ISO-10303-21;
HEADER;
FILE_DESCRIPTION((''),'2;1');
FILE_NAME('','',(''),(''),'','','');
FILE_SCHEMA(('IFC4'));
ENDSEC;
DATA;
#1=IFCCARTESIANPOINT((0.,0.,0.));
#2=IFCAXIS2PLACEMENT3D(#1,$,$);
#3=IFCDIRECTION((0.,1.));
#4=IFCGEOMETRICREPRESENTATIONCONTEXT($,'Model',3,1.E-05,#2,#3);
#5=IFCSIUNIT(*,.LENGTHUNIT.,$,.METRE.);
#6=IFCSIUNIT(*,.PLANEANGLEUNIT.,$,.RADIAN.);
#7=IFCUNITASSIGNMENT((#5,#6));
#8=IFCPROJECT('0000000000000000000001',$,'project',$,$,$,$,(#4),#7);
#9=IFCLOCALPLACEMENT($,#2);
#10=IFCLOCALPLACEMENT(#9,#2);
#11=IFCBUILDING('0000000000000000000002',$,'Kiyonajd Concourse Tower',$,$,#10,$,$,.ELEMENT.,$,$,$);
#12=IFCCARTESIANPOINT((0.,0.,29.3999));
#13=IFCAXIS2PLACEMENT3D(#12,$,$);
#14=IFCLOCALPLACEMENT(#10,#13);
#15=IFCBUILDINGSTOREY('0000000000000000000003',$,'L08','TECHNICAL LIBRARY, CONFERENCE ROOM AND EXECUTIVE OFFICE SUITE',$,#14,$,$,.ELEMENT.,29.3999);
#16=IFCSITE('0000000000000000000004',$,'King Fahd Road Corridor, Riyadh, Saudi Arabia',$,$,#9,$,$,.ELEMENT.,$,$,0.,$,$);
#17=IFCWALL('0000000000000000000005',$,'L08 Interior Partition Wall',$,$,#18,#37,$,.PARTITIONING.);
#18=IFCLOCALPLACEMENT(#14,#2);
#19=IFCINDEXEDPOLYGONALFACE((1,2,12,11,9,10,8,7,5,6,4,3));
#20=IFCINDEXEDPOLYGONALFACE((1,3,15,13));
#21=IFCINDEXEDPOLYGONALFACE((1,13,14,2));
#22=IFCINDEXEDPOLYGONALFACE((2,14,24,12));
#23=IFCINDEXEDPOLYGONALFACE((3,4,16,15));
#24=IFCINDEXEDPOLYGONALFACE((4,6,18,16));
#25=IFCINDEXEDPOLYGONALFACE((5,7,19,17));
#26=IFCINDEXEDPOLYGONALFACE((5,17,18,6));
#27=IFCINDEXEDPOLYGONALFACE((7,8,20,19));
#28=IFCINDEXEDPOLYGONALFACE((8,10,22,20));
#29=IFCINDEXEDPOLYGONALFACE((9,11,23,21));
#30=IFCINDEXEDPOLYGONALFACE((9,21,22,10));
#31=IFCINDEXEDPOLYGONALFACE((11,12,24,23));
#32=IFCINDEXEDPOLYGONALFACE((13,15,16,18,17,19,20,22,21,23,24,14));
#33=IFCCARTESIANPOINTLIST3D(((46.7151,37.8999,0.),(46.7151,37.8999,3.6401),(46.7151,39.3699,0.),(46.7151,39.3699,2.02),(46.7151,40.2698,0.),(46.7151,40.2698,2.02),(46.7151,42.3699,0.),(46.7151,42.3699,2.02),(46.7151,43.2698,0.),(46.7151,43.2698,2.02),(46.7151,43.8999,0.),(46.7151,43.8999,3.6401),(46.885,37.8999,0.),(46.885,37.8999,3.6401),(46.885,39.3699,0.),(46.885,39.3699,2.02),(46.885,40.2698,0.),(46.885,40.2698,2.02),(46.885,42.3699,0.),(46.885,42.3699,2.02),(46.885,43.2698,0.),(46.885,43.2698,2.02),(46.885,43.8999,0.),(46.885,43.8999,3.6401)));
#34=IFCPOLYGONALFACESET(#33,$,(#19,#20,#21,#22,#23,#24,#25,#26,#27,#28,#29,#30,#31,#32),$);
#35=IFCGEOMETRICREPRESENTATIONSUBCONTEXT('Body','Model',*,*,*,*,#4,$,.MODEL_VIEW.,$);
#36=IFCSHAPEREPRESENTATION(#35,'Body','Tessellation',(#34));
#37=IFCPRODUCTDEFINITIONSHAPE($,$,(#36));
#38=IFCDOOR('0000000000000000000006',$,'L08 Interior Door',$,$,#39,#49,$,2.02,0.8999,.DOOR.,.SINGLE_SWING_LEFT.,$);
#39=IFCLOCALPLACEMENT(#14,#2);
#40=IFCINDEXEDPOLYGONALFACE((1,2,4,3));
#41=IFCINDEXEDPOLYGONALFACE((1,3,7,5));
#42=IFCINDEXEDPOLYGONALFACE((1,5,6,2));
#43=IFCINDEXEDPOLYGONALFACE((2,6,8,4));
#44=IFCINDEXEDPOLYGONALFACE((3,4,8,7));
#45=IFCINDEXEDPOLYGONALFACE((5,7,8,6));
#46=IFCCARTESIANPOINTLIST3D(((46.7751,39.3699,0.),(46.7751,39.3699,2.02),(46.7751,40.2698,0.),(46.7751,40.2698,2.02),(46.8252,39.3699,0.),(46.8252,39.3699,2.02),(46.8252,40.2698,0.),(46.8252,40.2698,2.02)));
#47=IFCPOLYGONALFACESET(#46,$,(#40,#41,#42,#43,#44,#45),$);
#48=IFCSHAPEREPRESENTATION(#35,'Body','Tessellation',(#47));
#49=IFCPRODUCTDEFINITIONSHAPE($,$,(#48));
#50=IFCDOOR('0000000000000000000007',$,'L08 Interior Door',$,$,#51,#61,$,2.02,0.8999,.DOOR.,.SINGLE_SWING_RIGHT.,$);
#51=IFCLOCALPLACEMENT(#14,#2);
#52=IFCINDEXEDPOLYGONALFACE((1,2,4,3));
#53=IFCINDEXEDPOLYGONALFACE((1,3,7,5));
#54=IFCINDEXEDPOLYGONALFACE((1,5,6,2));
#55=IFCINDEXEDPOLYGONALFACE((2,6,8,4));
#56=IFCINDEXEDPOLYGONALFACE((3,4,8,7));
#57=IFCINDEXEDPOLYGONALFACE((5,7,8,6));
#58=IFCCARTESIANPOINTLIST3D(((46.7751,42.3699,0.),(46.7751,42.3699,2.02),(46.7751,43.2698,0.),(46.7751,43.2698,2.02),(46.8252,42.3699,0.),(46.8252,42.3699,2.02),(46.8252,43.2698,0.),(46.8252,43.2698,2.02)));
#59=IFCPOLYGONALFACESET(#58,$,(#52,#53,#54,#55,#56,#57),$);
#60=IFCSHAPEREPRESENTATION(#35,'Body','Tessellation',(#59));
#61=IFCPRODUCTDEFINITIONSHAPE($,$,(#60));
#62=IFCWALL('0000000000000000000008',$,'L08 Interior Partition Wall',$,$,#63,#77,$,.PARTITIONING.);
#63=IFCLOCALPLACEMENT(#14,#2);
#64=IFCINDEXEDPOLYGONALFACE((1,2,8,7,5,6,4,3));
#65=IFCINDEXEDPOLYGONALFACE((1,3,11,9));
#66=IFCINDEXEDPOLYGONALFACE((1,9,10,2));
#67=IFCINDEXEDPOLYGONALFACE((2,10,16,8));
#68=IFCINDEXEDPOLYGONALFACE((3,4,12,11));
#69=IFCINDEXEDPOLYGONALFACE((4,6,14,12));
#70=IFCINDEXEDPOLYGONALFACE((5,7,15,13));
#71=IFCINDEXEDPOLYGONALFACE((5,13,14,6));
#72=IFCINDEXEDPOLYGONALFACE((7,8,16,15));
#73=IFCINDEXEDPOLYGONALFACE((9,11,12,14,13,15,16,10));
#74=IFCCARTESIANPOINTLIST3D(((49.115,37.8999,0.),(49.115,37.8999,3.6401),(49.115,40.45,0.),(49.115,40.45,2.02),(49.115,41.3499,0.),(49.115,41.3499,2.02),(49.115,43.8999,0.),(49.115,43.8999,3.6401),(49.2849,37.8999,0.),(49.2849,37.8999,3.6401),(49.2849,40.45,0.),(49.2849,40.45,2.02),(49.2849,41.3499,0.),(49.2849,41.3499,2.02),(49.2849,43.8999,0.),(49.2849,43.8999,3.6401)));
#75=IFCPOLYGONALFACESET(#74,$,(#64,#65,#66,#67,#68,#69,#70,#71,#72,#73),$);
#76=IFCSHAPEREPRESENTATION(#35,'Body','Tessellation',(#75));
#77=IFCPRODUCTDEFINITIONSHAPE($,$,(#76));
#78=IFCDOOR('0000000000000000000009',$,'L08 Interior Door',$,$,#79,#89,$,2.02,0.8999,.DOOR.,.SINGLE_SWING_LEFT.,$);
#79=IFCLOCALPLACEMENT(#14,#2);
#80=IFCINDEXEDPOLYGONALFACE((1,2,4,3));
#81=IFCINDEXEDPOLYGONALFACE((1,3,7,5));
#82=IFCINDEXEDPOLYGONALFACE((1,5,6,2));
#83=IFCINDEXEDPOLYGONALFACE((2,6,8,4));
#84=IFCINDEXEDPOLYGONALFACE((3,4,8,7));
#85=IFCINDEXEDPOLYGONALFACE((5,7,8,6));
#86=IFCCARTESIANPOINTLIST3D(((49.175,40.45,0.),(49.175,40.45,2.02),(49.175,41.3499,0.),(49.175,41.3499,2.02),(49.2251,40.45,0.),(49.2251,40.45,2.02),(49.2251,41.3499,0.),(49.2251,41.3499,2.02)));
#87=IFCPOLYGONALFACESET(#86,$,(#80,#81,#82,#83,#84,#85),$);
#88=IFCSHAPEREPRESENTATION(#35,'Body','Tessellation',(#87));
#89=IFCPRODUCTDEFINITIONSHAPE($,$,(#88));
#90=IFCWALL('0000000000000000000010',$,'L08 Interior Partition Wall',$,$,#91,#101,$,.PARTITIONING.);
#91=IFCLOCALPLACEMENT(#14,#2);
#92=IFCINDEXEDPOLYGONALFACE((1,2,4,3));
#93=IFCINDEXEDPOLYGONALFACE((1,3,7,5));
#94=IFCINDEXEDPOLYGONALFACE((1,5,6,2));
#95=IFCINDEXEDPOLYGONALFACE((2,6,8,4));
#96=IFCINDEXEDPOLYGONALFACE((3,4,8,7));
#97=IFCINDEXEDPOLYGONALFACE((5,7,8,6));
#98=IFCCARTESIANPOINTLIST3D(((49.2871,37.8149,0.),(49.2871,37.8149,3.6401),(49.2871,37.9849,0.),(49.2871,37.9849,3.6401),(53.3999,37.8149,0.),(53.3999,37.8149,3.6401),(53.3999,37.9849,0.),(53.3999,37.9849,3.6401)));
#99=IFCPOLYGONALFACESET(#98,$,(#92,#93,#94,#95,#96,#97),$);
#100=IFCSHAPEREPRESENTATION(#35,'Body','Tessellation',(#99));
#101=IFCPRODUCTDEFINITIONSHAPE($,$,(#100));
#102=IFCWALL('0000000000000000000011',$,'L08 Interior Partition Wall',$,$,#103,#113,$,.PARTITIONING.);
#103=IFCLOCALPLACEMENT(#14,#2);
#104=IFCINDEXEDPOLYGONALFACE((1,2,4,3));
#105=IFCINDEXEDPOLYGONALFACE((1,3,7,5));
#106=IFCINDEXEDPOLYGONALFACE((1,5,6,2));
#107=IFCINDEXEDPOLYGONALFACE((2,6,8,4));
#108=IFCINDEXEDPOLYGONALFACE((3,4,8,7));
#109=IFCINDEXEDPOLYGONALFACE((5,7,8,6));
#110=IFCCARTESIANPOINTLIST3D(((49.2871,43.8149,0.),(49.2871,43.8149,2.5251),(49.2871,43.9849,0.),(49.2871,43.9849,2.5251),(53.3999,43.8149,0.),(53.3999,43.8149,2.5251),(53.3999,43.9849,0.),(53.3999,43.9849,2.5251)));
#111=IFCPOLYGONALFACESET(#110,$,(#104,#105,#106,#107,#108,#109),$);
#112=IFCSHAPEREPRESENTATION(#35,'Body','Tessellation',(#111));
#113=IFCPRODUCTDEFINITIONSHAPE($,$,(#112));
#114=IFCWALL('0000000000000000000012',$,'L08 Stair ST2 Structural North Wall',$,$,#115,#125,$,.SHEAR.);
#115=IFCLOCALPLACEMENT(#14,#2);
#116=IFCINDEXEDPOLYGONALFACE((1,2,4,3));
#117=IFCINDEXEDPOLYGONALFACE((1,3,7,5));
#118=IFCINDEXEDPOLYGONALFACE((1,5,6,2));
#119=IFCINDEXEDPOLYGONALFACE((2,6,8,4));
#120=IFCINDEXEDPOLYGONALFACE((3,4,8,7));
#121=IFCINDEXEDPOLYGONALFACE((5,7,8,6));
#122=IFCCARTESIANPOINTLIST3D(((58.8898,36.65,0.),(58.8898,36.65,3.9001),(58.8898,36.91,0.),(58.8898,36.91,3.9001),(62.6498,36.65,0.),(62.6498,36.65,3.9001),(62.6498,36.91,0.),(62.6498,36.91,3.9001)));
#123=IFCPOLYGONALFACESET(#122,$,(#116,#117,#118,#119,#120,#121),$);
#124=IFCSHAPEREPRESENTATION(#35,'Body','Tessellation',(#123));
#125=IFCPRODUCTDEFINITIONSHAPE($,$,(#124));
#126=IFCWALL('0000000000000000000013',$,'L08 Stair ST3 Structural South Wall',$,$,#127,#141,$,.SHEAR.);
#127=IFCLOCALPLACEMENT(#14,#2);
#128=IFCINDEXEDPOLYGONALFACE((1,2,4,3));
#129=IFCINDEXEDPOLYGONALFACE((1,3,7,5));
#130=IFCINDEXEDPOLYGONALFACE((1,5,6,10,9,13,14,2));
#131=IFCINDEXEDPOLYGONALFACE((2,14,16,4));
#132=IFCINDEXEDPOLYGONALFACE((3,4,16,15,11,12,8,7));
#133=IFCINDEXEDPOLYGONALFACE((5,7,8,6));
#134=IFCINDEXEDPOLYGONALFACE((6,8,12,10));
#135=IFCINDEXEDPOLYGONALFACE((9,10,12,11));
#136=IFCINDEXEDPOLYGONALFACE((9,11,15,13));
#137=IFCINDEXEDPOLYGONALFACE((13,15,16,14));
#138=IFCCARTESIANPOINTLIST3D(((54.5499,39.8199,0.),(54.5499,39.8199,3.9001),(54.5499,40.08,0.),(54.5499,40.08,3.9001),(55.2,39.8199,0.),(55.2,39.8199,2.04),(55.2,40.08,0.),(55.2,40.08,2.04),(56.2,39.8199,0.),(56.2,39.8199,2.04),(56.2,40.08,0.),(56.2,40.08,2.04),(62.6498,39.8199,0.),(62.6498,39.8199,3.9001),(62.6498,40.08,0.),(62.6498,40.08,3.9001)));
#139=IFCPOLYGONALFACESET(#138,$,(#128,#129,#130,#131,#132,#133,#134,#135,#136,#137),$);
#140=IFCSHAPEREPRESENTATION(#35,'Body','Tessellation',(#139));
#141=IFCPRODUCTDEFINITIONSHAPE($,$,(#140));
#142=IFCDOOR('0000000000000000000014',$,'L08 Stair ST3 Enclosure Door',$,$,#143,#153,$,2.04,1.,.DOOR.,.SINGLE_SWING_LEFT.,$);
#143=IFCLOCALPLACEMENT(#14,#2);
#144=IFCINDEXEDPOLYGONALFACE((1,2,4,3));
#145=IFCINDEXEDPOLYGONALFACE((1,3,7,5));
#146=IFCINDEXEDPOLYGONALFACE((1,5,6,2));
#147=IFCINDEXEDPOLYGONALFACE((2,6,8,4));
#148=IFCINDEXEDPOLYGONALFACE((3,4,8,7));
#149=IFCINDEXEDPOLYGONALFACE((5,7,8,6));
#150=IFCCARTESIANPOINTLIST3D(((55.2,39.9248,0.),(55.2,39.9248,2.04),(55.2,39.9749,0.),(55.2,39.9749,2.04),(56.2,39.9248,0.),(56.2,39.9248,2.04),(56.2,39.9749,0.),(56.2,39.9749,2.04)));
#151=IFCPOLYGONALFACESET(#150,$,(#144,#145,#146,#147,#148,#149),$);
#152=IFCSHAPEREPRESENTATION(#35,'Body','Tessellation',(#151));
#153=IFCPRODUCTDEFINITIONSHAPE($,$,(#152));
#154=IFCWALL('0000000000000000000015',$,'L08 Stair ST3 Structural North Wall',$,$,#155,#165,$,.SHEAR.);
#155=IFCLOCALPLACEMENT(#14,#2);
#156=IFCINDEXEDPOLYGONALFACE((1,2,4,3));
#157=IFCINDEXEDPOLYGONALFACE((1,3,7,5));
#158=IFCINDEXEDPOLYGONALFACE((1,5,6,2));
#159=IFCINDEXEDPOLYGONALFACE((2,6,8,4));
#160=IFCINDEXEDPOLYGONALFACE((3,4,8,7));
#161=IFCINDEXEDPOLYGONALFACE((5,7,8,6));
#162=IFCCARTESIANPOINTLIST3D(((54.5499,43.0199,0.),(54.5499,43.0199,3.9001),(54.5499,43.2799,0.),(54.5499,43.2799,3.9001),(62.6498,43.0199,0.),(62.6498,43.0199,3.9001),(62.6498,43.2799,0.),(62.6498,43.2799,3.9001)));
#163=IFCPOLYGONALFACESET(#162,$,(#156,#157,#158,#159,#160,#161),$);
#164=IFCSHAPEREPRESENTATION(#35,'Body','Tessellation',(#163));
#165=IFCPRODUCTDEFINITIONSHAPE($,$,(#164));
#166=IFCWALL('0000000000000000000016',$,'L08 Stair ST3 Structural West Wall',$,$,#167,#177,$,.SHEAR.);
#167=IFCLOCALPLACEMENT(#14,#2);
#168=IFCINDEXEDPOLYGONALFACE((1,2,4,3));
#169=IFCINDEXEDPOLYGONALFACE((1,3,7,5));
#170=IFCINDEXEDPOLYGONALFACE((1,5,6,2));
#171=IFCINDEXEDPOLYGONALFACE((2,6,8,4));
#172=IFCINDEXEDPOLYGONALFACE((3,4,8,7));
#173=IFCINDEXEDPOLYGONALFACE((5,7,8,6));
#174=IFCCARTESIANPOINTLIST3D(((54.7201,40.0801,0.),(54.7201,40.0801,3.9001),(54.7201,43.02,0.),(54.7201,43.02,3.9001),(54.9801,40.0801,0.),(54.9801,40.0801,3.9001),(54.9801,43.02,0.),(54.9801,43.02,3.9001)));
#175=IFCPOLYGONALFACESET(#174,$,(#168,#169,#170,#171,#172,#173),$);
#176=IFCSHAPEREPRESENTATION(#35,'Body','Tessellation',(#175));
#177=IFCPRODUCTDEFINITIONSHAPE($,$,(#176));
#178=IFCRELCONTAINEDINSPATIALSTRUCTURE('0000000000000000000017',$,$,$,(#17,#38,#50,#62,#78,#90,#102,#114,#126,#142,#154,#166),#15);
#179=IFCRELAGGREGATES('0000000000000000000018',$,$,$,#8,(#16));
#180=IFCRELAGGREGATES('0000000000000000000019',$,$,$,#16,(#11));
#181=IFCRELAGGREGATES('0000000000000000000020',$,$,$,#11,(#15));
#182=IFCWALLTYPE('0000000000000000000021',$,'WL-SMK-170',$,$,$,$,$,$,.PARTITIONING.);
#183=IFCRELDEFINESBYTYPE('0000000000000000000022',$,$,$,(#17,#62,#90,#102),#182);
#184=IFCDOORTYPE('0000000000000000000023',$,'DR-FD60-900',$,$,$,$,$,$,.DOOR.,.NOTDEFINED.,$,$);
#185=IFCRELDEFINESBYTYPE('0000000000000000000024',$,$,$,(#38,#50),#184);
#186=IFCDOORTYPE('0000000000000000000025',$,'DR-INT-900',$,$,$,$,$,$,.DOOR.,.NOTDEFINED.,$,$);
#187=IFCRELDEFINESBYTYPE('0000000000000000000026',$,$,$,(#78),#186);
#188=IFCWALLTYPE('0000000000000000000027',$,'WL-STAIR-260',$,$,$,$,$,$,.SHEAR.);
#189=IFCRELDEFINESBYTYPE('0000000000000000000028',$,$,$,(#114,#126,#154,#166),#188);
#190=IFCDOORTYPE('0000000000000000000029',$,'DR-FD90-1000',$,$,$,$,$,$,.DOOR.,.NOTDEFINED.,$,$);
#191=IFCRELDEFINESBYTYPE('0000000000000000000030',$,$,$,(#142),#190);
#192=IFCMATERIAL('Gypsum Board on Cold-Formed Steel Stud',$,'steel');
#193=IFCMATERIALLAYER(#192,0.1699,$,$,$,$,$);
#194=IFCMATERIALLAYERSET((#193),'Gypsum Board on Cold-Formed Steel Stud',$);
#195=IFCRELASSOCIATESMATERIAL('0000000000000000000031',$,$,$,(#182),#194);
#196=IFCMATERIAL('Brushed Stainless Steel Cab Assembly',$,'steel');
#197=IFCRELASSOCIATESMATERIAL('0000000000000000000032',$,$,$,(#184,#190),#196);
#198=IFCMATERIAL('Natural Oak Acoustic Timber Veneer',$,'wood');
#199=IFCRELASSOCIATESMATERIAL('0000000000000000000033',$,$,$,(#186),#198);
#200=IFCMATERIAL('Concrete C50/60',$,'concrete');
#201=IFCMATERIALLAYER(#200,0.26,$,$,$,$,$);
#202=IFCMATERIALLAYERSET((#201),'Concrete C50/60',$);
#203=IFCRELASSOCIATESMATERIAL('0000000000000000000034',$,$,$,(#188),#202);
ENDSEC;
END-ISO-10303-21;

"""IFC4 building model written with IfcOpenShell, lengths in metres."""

from ifc_helpers import new_model, si_unit, direction, frame, frame_2d, origin, place, context, subcontext, project, spatial, rectangle, extrude, material, layer, layer_set, type_object, element, fill, save


model = new_model("IFC4")

# Units and contexts
model_context = context("Model", 3, precision=1e-05, world=origin(), true_north=direction((0.0, 1.0)))
body_context = subcontext(model_context, "Body", "Model", "MODEL_VIEW")
ifc_project = project(units=[si_unit("LENGTHUNIT", "METRE"), si_unit("PLANEANGLEUNIT", "RADIAN")], contexts=[model_context])

# Site, building, storey
site_placement = place(None, origin())
site = spatial("IfcSite", under=ifc_project, at=site_placement, Name="King Fahd Road Corridor, Riyadh, Saudi Arabia", CompositionType="ELEMENT", RefElevation=0.0)
building_placement = place(site_placement, origin())
building = spatial("IfcBuilding", under=site, at=building_placement, Name="Kiyonajd Concourse Tower", CompositionType="ELEMENT")
storey_placement = place(building_placement, frame((0.0, 0.0, 29.3999)))
storey = spatial("IfcBuildingStorey", under=building, at=storey_placement, Name="L08", Description="TECHNICAL LIBRARY, CONFERENCE ROOM AND EXECUTIVE OFFICE SUITE", CompositionType="ELEMENT", Elevation=29.3999)

# Shared definitions
ifc_material_1 = material(Name="Concrete C50/60", Category="concrete")

# Shared definitions
ifc_material_2 = material(Name="Gypsum Board on Cold-Formed Steel Stud", Category="steel")
ifc_layer_1 = layer(ifc_material_2, 0.1699)
ifc_layer_set_1 = layer_set([ifc_layer_1], Name="Gypsum Board on Cold-Formed Steel Stud")
wall_type_1 = type_object("IfcWallType", Name="WL-SMK-170", PredefinedType="PARTITIONING", material=ifc_layer_set_1)

# Wall, openings, doors
wall_1_placement = place(storey_placement, frame((46.8, 37.8999, 0.0), z_axis=(0.0, 0.0, 1.0), x_axis=(0.0, 1.0, 0.0)))
wall_1 = element("IfcWall", 1, at=wall_1_placement, inside=storey, type_object=wall_type_1, Name="L08 Interior Partition Wall", PredefinedType="PARTITIONING", context=body_context, shape_type="SweptSolid", body=[
    extrude(rectangle(XDim=6.0, YDim=0.1699, at=frame_2d((3.0, 0.0))), origin(), (0.0, 0.0, 1.0), 3.6401),
])
opening_1_placement = place(wall_1_placement, frame((1.47, 0.0, 0.0)))
opening_1 = element("IfcOpeningElement", 2, at=opening_1_placement, cuts=wall_1, PredefinedType="OPENING", context=body_context, shape_type="SweptSolid", body=[
    extrude(rectangle(XDim=0.8999, YDim=2.02, at=frame_2d((0.45, 1.01))), frame((0.0, 0.095, 0.0), z_axis=(0.0, -1.0, 0.0), x_axis=(1.0, 0.0, 0.0)), (0.0, 0.0, 1.0), 0.1899),
])
opening_2_placement = place(wall_1_placement, frame((4.47, 0.0, 0.0)))
opening_2 = element("IfcOpeningElement", 3, at=opening_2_placement, cuts=wall_1, PredefinedType="OPENING", context=body_context, shape_type="SweptSolid", body=[
    extrude(rectangle(XDim=0.8999, YDim=2.02, at=frame_2d((0.45, 1.01))), frame((0.0, 0.095, 0.0), z_axis=(0.0, -1.0, 0.0), x_axis=(1.0, 0.0, 0.0)), (0.0, 0.0, 1.0), 0.1899),
])
ifc_material_3 = material(Name="Brushed Stainless Steel Cab Assembly", Category="steel")
door_type_1 = type_object("IfcDoorType", Name="DR-FD60-900", OperationType="NOTDEFINED", PredefinedType="DOOR", material=ifc_material_3)
door_1_placement = place(opening_1_placement, origin())
door_1 = element("IfcDoor", 4, at=door_1_placement, inside=storey, type_object=door_type_1, Name="L08 Interior Door", OperationType="SINGLE_SWING_LEFT", OverallHeight=2.02, OverallWidth=0.8999, PredefinedType="DOOR", context=body_context, shape_type="SweptSolid", body=[
    extrude(rectangle(XDim=0.8999, YDim=2.02, at=frame_2d((0.45, 1.01))), frame((0.0, 0.0249, 0.0), z_axis=(0.0, -1.0, 0.0), x_axis=(1.0, 0.0, 0.0)), (0.0, 0.0, 1.0), 0.05),
])
fill(opening_1, door_1)
door_2_placement = place(opening_2_placement, origin())
door_2 = element("IfcDoor", 5, at=door_2_placement, inside=storey, type_object=door_type_1, Name="L08 Interior Door", OperationType="SINGLE_SWING_RIGHT", OverallHeight=2.02, OverallWidth=0.8999, PredefinedType="DOOR", context=body_context, shape_type="SweptSolid", body=[
    extrude(rectangle(XDim=0.8999, YDim=2.02, at=frame_2d((0.45, 1.01))), frame((0.0, 0.0249, 0.0), z_axis=(0.0, -1.0, 0.0), x_axis=(1.0, 0.0, 0.0)), (0.0, 0.0, 1.0), 0.05),
])
fill(opening_2, door_2)

# Wall, opening, door
wall_2_placement = place(storey_placement, frame((49.2, 37.8999, 0.0), z_axis=(0.0, 0.0, 1.0), x_axis=(0.0, 1.0, 0.0)))
wall_2 = element("IfcWall", 6, at=wall_2_placement, inside=storey, type_object=wall_type_1, Name="L08 Interior Partition Wall", PredefinedType="PARTITIONING", context=body_context, shape_type="SweptSolid", body=[
    extrude(rectangle(XDim=6.0, YDim=0.1699, at=frame_2d((3.0, 0.0))), origin(), (0.0, 0.0, 1.0), 3.6401),
])
opening_3_placement = place(wall_2_placement, frame((2.55, 0.0, 0.0)))
opening_3 = element("IfcOpeningElement", 7, at=opening_3_placement, cuts=wall_2, PredefinedType="OPENING", context=body_context, shape_type="SweptSolid", body=[
    extrude(rectangle(XDim=0.8999, YDim=2.02, at=frame_2d((0.45, 1.01))), frame((0.0, 0.095, 0.0), z_axis=(0.0, -1.0, 0.0), x_axis=(1.0, 0.0, 0.0)), (0.0, 0.0, 1.0), 0.1899),
])
ifc_material_4 = material(Name="Natural Oak Acoustic Timber Veneer", Category="wood")
door_type_2 = type_object("IfcDoorType", Name="DR-INT-900", OperationType="NOTDEFINED", PredefinedType="DOOR", material=ifc_material_4)
door_3_placement = place(opening_3_placement, origin())
door_3 = element("IfcDoor", 8, at=door_3_placement, inside=storey, type_object=door_type_2, Name="L08 Interior Door", OperationType="SINGLE_SWING_LEFT", OverallHeight=2.02, OverallWidth=0.8999, PredefinedType="DOOR", context=body_context, shape_type="SweptSolid", body=[
    extrude(rectangle(XDim=0.8999, YDim=2.02, at=frame_2d((0.45, 1.01))), frame((0.0, 0.0249, 0.0), z_axis=(0.0, -1.0, 0.0), x_axis=(1.0, 0.0, 0.0)), (0.0, 0.0, 1.0), 0.05),
])
fill(opening_3, door_3)

# Walls
wall_3_placement = place(storey_placement, frame((49.2871, 37.8999, 0.0), z_axis=(0.0, 0.0, 1.0), x_axis=(1.0, 0.0, 0.0)))
element("IfcWall", 9, at=wall_3_placement, inside=storey, type_object=wall_type_1, Name="L08 Interior Partition Wall", PredefinedType="PARTITIONING", context=body_context, shape_type="SweptSolid", body=[
    extrude(rectangle(XDim=4.1128, YDim=0.1699, at=frame_2d((2.0564, 0.0))), origin(), (0.0, 0.0, 1.0), 3.6401),
])
wall_4_placement = place(storey_placement, frame((49.2871, 43.8999, 0.0), z_axis=(0.0, 0.0, 1.0), x_axis=(1.0, 0.0, 0.0)))
element("IfcWall", 10, at=wall_4_placement, inside=storey, type_object=wall_type_1, Name="L08 Interior Partition Wall", PredefinedType="PARTITIONING", context=body_context, shape_type="SweptSolid", body=[
    extrude(rectangle(XDim=4.1128, YDim=0.1699, at=frame_2d((2.0564, 0.0))), origin(), (0.0, 0.0, 1.0), 2.5251),
])
ifc_layer_2 = layer(ifc_material_1, 0.26)
ifc_layer_set_2 = layer_set([ifc_layer_2], Name="Concrete C50/60")
wall_type_2 = type_object("IfcWallType", Name="WL-STAIR-260", PredefinedType="SHEAR", material=ifc_layer_set_2)
wall_5_placement = place(storey_placement, frame((58.8899, 36.78, 0.0), z_axis=(0.0, 0.0, 1.0), x_axis=(1.0, 0.0, 0.0)))
element("IfcWall", 11, at=wall_5_placement, inside=storey, type_object=wall_type_2, Name="L08 Stair ST2 Structural North Wall", PredefinedType="SHEAR", context=body_context, shape_type="SweptSolid", body=[
    extrude(rectangle(XDim=3.76, YDim=0.26, at=frame_2d((1.8799, 0.0))), origin(), (0.0, 0.0, 1.0), 3.9001),
])

# Wall, opening, door
wall_6_placement = place(storey_placement, frame((54.55, 39.95, 0.0), z_axis=(0.0, 0.0, 1.0), x_axis=(1.0, 0.0, 0.0)))
wall_6 = element("IfcWall", 12, at=wall_6_placement, inside=storey, type_object=wall_type_2, Name="L08 Stair ST3 Structural South Wall", PredefinedType="SHEAR", context=body_context, shape_type="SweptSolid", body=[
    extrude(rectangle(XDim=8.0999, YDim=0.26, at=frame_2d((4.0498, 0.0))), origin(), (0.0, 0.0, 1.0), 3.9001),
])
opening_4_placement = place(wall_6_placement, frame((0.6499, 0.0, 0.0)))
opening_4 = element("IfcOpeningElement", 13, at=opening_4_placement, cuts=wall_6, PredefinedType="OPENING", context=body_context, shape_type="SweptSolid", body=[
    extrude(rectangle(XDim=1.0, YDim=2.04, at=frame_2d((0.5, 1.02))), frame((0.0, 0.1399, 0.0), z_axis=(0.0, -1.0, 0.0), x_axis=(1.0, 0.0, 0.0)), (0.0, 0.0, 1.0), 0.28),
])
door_type_3 = type_object("IfcDoorType", Name="DR-FD90-1000", OperationType="NOTDEFINED", PredefinedType="DOOR", material=ifc_material_3)
door_4_placement = place(opening_4_placement, origin())
door_4 = element("IfcDoor", 14, at=door_4_placement, inside=storey, type_object=door_type_3, Name="L08 Stair ST3 Enclosure Door", OperationType="SINGLE_SWING_LEFT", OverallHeight=2.04, OverallWidth=1.0, PredefinedType="DOOR", context=body_context, shape_type="SweptSolid", body=[
    extrude(rectangle(XDim=1.0, YDim=2.04, at=frame_2d((0.5, 1.02))), frame((0.0, 0.0249, 0.0), z_axis=(0.0, -1.0, 0.0), x_axis=(1.0, 0.0, 0.0)), (0.0, 0.0, 1.0), 0.05),
])
fill(opening_4, door_4)

# Walls
wall_7_placement = place(storey_placement, frame((54.55, 43.1499, 0.0), z_axis=(0.0, 0.0, 1.0), x_axis=(1.0, 0.0, 0.0)))
element("IfcWall", 15, at=wall_7_placement, inside=storey, type_object=wall_type_2, Name="L08 Stair ST3 Structural North Wall", PredefinedType="SHEAR", context=body_context, shape_type="SweptSolid", body=[
    extrude(rectangle(XDim=8.0999, YDim=0.26, at=frame_2d((4.0498, 0.0))), origin(), (0.0, 0.0, 1.0), 3.9001),
])
wall_8_placement = place(storey_placement, frame((54.8501, 40.0801, 0.0), z_axis=(0.0, 0.0, 1.0), x_axis=(0.0, 1.0, 0.0)))
element("IfcWall", 16, at=wall_8_placement, inside=storey, type_object=wall_type_2, Name="L08 Stair ST3 Structural West Wall", PredefinedType="SHEAR", context=body_context, shape_type="SweptSolid", body=[
    extrude(rectangle(XDim=2.9399, YDim=0.26, at=frame_2d((1.47, 0.0))), origin(), (0.0, 0.0, 1.0), 3.9001),
])

save(model, "model.ifc")
